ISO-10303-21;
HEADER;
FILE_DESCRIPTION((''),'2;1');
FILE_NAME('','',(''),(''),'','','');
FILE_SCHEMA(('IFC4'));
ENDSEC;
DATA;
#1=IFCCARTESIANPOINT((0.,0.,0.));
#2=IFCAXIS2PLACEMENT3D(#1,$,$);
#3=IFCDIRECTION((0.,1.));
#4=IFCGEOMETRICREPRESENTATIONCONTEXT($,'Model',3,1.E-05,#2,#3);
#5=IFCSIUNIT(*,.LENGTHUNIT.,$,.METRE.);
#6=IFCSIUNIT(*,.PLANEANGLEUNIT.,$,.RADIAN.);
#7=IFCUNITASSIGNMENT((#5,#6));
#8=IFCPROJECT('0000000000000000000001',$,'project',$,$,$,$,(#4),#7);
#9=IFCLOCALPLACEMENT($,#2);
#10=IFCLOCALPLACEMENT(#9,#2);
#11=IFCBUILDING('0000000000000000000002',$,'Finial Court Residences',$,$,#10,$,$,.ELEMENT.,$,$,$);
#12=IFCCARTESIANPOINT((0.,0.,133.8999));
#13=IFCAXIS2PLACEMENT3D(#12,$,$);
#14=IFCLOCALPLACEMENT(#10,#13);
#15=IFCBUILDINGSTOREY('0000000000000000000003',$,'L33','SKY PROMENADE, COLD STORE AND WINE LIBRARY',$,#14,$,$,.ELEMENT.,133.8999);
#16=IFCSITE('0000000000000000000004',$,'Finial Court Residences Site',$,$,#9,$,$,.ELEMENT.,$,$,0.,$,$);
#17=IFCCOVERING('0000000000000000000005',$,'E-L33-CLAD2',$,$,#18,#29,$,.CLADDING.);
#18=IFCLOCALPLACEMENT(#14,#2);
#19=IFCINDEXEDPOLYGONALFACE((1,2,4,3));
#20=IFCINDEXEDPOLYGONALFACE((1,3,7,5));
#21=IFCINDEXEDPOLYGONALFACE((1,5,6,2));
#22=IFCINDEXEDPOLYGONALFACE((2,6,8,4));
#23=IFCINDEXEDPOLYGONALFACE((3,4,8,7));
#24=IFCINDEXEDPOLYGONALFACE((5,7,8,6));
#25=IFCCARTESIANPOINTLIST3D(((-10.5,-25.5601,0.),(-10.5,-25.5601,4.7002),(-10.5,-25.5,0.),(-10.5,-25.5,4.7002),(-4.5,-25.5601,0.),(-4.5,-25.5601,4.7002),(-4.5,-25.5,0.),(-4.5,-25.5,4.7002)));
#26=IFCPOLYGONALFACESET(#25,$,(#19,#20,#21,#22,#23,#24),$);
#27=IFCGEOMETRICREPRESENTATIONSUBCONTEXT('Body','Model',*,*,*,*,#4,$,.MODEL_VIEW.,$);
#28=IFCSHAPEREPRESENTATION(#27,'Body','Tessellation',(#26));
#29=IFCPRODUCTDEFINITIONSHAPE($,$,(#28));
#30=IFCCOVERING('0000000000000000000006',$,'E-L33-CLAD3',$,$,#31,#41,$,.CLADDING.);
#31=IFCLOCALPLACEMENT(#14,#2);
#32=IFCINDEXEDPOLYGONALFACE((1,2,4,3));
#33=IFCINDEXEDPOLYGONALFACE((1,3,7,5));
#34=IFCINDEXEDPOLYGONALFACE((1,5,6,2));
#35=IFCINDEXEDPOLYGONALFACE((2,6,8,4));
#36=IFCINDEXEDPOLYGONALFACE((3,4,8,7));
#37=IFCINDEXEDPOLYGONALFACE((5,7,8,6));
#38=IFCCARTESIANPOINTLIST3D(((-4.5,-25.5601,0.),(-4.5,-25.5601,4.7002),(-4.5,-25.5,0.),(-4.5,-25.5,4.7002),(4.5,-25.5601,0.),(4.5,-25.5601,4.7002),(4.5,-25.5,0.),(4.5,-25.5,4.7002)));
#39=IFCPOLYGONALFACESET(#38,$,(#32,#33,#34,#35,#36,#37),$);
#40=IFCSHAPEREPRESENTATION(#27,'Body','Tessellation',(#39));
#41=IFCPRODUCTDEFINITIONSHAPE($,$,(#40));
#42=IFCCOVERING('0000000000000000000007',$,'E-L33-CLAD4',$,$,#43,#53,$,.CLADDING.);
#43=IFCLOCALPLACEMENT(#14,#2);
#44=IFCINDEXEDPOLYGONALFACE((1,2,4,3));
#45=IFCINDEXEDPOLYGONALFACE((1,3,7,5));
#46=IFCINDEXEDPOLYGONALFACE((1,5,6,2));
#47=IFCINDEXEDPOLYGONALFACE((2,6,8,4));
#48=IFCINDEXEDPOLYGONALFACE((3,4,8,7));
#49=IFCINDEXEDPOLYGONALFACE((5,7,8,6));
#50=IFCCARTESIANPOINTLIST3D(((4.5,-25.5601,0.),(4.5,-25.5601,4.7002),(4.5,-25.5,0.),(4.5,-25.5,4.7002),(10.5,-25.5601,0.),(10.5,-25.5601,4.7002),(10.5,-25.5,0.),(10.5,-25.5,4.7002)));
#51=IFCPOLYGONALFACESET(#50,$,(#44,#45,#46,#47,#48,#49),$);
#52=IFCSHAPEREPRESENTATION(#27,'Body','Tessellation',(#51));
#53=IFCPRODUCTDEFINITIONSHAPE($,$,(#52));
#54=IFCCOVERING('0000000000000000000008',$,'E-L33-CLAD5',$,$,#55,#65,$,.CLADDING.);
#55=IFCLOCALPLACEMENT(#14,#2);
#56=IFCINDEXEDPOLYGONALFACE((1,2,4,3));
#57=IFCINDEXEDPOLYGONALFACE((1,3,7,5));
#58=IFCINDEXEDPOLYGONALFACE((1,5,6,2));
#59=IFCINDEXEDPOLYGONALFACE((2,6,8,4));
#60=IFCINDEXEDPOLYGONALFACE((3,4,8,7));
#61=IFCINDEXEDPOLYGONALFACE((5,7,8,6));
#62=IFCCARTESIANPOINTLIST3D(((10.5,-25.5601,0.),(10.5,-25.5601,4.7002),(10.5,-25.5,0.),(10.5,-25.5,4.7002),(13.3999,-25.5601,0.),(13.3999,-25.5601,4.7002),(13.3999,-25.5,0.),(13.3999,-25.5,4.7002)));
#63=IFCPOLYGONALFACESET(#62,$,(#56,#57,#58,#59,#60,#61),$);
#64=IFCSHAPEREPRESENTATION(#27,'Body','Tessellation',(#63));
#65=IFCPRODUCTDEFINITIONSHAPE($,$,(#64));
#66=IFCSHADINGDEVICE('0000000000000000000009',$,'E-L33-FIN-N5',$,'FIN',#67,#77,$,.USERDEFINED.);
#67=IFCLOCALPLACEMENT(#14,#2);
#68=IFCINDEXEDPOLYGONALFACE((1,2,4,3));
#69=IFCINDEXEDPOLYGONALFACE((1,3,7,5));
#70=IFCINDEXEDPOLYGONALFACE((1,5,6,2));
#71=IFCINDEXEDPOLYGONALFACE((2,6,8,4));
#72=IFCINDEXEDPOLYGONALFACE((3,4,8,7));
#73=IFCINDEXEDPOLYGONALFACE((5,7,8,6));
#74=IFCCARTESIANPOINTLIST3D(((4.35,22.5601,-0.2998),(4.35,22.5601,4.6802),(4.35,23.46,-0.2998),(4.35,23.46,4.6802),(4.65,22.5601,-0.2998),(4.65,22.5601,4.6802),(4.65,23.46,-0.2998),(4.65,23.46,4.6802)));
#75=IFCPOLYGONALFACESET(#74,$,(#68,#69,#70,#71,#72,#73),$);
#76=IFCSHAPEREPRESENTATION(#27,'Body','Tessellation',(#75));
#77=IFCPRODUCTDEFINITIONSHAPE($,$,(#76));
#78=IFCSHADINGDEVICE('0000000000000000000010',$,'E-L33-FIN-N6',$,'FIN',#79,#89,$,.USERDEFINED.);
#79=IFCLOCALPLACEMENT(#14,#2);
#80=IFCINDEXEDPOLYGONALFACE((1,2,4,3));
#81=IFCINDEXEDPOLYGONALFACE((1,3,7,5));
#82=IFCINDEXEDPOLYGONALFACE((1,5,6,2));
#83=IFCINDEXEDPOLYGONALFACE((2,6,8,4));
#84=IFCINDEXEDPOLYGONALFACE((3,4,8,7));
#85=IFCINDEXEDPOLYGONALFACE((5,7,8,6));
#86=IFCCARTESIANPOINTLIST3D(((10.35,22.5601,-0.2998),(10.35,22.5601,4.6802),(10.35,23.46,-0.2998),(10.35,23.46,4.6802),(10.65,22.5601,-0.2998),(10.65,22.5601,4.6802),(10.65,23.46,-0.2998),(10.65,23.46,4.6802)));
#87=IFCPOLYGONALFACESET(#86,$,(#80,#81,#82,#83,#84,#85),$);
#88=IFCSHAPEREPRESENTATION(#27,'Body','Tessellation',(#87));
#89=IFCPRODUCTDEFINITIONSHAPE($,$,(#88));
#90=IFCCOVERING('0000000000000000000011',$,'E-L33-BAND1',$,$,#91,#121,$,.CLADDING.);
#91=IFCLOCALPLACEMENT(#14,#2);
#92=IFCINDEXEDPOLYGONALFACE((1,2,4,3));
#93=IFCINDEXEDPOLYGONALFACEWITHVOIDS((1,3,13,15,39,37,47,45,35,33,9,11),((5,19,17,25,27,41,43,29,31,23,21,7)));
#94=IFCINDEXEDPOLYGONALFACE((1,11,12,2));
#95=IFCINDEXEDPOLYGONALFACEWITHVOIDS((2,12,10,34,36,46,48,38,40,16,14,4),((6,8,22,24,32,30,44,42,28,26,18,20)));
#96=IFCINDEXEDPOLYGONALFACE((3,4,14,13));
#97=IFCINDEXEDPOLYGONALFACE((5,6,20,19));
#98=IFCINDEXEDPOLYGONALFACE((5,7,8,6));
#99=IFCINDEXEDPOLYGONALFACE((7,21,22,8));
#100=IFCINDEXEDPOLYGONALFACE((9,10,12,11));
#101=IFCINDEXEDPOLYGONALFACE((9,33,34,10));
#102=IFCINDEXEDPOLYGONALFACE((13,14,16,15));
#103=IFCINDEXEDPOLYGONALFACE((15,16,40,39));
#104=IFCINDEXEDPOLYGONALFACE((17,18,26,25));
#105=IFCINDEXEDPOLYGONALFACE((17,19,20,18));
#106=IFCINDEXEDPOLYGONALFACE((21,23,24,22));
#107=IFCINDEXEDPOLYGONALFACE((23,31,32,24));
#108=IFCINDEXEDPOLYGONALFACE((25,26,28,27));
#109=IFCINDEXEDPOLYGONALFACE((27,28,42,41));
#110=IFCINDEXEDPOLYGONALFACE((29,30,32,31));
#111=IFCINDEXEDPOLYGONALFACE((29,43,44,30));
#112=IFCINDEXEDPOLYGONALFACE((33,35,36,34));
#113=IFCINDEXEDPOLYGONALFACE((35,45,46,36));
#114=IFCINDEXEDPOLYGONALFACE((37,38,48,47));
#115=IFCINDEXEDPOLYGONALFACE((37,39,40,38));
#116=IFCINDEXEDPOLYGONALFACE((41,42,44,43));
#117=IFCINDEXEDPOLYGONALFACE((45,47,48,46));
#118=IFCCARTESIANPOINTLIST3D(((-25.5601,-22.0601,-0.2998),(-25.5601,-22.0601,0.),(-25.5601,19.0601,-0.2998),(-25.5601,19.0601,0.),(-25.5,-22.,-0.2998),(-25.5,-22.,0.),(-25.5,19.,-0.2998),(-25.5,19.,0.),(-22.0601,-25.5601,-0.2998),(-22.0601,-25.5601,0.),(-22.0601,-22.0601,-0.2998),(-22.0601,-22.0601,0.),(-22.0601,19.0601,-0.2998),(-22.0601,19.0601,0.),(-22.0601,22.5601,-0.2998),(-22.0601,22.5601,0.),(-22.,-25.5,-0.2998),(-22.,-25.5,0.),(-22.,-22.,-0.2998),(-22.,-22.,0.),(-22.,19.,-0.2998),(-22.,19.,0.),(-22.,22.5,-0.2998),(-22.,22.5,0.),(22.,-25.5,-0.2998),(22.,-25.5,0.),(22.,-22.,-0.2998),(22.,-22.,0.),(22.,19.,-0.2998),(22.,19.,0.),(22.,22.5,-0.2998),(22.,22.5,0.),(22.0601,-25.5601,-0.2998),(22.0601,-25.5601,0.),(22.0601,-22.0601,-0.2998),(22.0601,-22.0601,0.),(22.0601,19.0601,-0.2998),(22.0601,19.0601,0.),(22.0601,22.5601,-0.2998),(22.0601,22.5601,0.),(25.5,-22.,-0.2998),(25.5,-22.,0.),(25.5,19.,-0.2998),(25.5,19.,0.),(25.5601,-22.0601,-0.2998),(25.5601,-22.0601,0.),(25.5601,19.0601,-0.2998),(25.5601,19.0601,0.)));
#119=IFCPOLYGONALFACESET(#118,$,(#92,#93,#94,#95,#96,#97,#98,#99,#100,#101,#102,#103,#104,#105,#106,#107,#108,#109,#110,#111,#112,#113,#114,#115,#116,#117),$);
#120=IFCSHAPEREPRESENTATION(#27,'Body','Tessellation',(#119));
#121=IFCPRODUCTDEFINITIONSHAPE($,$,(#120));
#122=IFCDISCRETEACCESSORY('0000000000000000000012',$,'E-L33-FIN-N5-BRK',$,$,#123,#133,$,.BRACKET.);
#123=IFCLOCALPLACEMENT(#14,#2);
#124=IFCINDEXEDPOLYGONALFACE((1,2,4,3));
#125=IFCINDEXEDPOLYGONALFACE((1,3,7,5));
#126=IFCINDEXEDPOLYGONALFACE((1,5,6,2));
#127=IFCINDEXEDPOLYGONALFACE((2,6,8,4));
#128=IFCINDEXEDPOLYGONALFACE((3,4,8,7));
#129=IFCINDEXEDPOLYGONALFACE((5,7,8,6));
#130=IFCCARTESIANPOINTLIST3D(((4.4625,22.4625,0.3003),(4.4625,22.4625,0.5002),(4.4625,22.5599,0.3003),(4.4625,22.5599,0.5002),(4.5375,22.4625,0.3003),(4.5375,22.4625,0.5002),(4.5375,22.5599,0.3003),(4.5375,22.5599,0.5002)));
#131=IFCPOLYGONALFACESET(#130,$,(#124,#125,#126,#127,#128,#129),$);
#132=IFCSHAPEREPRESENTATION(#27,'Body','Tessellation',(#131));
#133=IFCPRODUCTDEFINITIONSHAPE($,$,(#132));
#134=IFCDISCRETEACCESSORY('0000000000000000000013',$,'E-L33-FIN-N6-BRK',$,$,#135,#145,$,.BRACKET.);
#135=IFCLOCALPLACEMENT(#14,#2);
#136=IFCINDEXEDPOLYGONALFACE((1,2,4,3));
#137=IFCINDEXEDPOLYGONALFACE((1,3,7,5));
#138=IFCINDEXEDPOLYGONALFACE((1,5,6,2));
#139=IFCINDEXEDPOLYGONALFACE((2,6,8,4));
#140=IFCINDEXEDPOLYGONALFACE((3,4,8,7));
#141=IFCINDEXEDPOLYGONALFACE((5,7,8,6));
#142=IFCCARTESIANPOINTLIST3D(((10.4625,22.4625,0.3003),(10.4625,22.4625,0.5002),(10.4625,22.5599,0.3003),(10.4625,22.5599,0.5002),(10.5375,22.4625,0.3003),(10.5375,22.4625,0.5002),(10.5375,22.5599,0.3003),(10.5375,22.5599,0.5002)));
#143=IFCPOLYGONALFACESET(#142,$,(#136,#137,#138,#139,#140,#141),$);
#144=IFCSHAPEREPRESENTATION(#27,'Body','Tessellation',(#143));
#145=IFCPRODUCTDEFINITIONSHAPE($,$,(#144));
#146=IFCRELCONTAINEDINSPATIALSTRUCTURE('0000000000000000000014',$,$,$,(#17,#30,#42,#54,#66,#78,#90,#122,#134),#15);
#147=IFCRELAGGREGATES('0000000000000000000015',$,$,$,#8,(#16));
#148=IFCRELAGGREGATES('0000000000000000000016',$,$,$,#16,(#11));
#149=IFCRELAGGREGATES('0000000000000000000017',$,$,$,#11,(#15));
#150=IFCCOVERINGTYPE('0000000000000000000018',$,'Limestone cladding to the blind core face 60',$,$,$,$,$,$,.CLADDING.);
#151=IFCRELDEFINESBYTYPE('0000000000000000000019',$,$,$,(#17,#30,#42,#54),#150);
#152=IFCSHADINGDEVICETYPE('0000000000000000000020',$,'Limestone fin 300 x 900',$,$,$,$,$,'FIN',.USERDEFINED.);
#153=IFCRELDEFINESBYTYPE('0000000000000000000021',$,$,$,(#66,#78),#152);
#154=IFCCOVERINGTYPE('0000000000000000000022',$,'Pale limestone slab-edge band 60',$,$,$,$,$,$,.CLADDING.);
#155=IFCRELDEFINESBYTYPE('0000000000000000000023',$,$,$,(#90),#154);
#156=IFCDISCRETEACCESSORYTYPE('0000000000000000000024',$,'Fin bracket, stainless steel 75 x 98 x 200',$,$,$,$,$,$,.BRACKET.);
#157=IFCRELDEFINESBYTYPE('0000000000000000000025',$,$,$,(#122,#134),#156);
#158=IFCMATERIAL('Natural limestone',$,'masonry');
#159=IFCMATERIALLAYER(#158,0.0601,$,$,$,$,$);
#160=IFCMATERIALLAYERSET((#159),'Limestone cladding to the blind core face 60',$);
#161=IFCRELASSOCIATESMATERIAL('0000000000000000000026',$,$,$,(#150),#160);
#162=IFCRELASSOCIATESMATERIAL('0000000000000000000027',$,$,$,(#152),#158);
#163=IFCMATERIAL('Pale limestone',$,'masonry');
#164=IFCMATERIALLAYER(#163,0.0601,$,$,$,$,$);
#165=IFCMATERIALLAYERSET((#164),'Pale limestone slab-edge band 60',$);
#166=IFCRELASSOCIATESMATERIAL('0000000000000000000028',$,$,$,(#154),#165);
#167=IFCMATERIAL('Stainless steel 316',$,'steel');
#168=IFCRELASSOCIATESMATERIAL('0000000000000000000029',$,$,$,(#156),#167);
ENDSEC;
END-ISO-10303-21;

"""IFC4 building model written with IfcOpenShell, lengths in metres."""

from ifc_helpers import new_model, si_unit, direction, frame, origin, origin_2d, place, context, subcontext, project, spatial, polyline, rectangle, outline, extrude, material, layer, layer_set, type_object, element, save


model = new_model("IFC4")

# Units and contexts
model_context = context("Model", 3, precision=1e-05, world=origin(), true_north=direction((0.0, 1.0)))
body_context = subcontext(model_context, "Body", "Model", "MODEL_VIEW")
ifc_project = project(units=[si_unit("LENGTHUNIT", "METRE"), si_unit("PLANEANGLEUNIT", "RADIAN")], contexts=[model_context])

# Site, building, storey
site_placement = place(None, origin())
site = spatial("IfcSite", under=ifc_project, at=site_placement, Name="Finial Court Residences Site", CompositionType="ELEMENT", RefElevation=0.0)
building_placement = place(site_placement, origin())
building = spatial("IfcBuilding", under=site, at=building_placement, Name="Finial Court Residences", CompositionType="ELEMENT")
storey_placement = place(building_placement, frame((0.0, 0.0, 133.8999)))
storey = spatial("IfcBuildingStorey", under=building, at=storey_placement, Name="L33", Description="SKY PROMENADE, COLD STORE AND WINE LIBRARY", CompositionType="ELEMENT", Elevation=133.8999)

# Coverings
ifc_material_1 = material(Name="Natural limestone", Category="masonry")
ifc_layer_1 = layer(ifc_material_1, 0.0601)
ifc_layer_set_1 = layer_set([ifc_layer_1], Name="Limestone cladding to the blind core face 60")
covering_type_1 = type_object("IfcCoveringType", Name="Limestone cladding to the blind core face 60", PredefinedType="CLADDING", material=ifc_layer_set_1)
covering_1_placement = place(storey_placement, origin())
element("IfcCovering", 1, at=covering_1_placement, inside=storey, type_object=covering_type_1, Name="E-L33-CLAD2", PredefinedType="CLADDING", context=body_context, shape_type="SweptSolid", body=[
    extrude(outline(polyline([(-4.5, -25.5601), (-4.5, -25.5), (-10.5, -25.5), (-10.5, -25.5601), (-4.5, -25.5601)])), origin(), (0.0, 0.0, 1.0), 4.7002),
])
covering_2_placement = place(storey_placement, origin())
element("IfcCovering", 2, at=covering_2_placement, inside=storey, type_object=covering_type_1, Name="E-L33-CLAD3", PredefinedType="CLADDING", context=body_context, shape_type="SweptSolid", body=[
    extrude(outline(polyline([(4.5, -25.5601), (4.5, -25.5), (-4.5, -25.5), (-4.5, -25.5601), (4.5, -25.5601)])), origin(), (0.0, 0.0, 1.0), 4.7002),
])
covering_3_placement = place(storey_placement, origin())
element("IfcCovering", 3, at=covering_3_placement, inside=storey, type_object=covering_type_1, Name="E-L33-CLAD4", PredefinedType="CLADDING", context=body_context, shape_type="SweptSolid", body=[
    extrude(outline(polyline([(10.5, -25.5601), (10.5, -25.5), (4.5, -25.5), (4.5, -25.5601), (10.5, -25.5601)])), origin(), (0.0, 0.0, 1.0), 4.7002),
])
covering_4_placement = place(storey_placement, origin())
element("IfcCovering", 4, at=covering_4_placement, inside=storey, type_object=covering_type_1, Name="E-L33-CLAD5", PredefinedType="CLADDING", context=body_context, shape_type="SweptSolid", body=[
    extrude(outline(polyline([(13.3999, -25.5601), (13.3999, -25.5), (10.5, -25.5), (10.5, -25.5601), (13.3999, -25.5601)])), origin(), (0.0, 0.0, 1.0), 4.7002),
])

# Shading devices
shading_device_type = type_object("IfcShadingDeviceType", Name="Limestone fin 300 x 900", ElementType="FIN", PredefinedType="USERDEFINED", material=ifc_material_1)
for number, where, z_axis, x_axis, name in (
    (5, (4.5, 23.01, -0.2998), (0.0, 0.0, 1.0), (1.0, 0.0, 0.0), "E-L33-FIN-N5"),
    (6, (10.5, 23.01, -0.2998), (0.0, 0.0, 1.0), (1.0, 0.0, 0.0), "E-L33-FIN-N6"),
):
    element("IfcShadingDevice", number, at=place(storey_placement, frame(where, z_axis=z_axis, x_axis=x_axis)), inside=storey, type_object=shading_device_type, Name=name, ObjectType="FIN", PredefinedType="USERDEFINED", context=body_context, shape_type="SweptSolid", body=[
        extrude(rectangle(XDim=0.3, YDim=0.8999, at=origin_2d()), origin(), (0.0, 0.0, 1.0), 4.98),
    ])

# Covering
ifc_material_2 = material(Name="Pale limestone", Category="masonry")
ifc_layer_2 = layer(ifc_material_2, 0.0601)
ifc_layer_set_2 = layer_set([ifc_layer_2], Name="Pale limestone slab-edge band 60")
covering_type_2 = type_object("IfcCoveringType", Name="Pale limestone slab-edge band 60", PredefinedType="CLADDING", material=ifc_layer_set_2)
covering_5_placement = place(storey_placement, frame((0.0, 0.0, -0.2998)))
element("IfcCovering", 7, at=covering_5_placement, inside=storey, type_object=covering_type_2, Name="E-L33-BAND1", PredefinedType="CLADDING", context=body_context, shape_type="SweptSolid", body=[
    extrude(outline(polyline([(22.0601, -25.5601), (-22.0601, -25.5601), (-22.0601, -22.0601), (-25.5601, -22.0601), (-25.5601, 19.0601), (-22.0601, 19.0601), (-22.0601, 22.5601), (22.0601, 22.5601), (22.0601, 19.0601), (25.5601, 19.0601), (25.5601, -22.0601), (22.0601, -22.0601), (22.0601, -25.5601)]), holes=[polyline([(25.5, -22.0), (25.5, 19.0), (22.0, 19.0), (22.0, 22.5), (-22.0, 22.5), (-22.0, 19.0), (-25.5, 19.0), (-25.5, -22.0), (-22.0, -22.0), (-22.0, -25.5), (22.0, -25.5), (22.0, -22.0), (25.5, -22.0)])]), origin(), (0.0, 0.0, 1.0), 0.2998),
])

# Discrete accessories
ifc_material_3 = material(Name="Stainless steel 316", Category="steel")
discrete_accessory_type = type_object("IfcDiscreteAccessoryType", Name="Fin bracket, stainless steel 75 x 98 x 200", PredefinedType="BRACKET", material=ifc_material_3)
for number, where, z_axis, x_axis, name in (
    (8, (4.5, 22.5112, 0.3003), (0.0, 0.0, 1.0), (1.0, 0.0, 0.0), "E-L33-FIN-N5-BRK"),
    (9, (10.5, 22.5112, 0.3003), (0.0, 0.0, 1.0), (1.0, 0.0, 0.0), "E-L33-FIN-N6-BRK"),
):
    element("IfcDiscreteAccessory", number, at=place(storey_placement, frame(where, z_axis=z_axis, x_axis=x_axis)), inside=storey, type_object=discrete_accessory_type, Name=name, PredefinedType="BRACKET", context=body_context, shape_type="SweptSolid", body=[
        extrude(rectangle(XDim=0.075, YDim=0.0974, at=origin_2d()), origin(), (0.0, 0.0, 1.0), 0.2),
    ])

save(model, "model.ifc")
